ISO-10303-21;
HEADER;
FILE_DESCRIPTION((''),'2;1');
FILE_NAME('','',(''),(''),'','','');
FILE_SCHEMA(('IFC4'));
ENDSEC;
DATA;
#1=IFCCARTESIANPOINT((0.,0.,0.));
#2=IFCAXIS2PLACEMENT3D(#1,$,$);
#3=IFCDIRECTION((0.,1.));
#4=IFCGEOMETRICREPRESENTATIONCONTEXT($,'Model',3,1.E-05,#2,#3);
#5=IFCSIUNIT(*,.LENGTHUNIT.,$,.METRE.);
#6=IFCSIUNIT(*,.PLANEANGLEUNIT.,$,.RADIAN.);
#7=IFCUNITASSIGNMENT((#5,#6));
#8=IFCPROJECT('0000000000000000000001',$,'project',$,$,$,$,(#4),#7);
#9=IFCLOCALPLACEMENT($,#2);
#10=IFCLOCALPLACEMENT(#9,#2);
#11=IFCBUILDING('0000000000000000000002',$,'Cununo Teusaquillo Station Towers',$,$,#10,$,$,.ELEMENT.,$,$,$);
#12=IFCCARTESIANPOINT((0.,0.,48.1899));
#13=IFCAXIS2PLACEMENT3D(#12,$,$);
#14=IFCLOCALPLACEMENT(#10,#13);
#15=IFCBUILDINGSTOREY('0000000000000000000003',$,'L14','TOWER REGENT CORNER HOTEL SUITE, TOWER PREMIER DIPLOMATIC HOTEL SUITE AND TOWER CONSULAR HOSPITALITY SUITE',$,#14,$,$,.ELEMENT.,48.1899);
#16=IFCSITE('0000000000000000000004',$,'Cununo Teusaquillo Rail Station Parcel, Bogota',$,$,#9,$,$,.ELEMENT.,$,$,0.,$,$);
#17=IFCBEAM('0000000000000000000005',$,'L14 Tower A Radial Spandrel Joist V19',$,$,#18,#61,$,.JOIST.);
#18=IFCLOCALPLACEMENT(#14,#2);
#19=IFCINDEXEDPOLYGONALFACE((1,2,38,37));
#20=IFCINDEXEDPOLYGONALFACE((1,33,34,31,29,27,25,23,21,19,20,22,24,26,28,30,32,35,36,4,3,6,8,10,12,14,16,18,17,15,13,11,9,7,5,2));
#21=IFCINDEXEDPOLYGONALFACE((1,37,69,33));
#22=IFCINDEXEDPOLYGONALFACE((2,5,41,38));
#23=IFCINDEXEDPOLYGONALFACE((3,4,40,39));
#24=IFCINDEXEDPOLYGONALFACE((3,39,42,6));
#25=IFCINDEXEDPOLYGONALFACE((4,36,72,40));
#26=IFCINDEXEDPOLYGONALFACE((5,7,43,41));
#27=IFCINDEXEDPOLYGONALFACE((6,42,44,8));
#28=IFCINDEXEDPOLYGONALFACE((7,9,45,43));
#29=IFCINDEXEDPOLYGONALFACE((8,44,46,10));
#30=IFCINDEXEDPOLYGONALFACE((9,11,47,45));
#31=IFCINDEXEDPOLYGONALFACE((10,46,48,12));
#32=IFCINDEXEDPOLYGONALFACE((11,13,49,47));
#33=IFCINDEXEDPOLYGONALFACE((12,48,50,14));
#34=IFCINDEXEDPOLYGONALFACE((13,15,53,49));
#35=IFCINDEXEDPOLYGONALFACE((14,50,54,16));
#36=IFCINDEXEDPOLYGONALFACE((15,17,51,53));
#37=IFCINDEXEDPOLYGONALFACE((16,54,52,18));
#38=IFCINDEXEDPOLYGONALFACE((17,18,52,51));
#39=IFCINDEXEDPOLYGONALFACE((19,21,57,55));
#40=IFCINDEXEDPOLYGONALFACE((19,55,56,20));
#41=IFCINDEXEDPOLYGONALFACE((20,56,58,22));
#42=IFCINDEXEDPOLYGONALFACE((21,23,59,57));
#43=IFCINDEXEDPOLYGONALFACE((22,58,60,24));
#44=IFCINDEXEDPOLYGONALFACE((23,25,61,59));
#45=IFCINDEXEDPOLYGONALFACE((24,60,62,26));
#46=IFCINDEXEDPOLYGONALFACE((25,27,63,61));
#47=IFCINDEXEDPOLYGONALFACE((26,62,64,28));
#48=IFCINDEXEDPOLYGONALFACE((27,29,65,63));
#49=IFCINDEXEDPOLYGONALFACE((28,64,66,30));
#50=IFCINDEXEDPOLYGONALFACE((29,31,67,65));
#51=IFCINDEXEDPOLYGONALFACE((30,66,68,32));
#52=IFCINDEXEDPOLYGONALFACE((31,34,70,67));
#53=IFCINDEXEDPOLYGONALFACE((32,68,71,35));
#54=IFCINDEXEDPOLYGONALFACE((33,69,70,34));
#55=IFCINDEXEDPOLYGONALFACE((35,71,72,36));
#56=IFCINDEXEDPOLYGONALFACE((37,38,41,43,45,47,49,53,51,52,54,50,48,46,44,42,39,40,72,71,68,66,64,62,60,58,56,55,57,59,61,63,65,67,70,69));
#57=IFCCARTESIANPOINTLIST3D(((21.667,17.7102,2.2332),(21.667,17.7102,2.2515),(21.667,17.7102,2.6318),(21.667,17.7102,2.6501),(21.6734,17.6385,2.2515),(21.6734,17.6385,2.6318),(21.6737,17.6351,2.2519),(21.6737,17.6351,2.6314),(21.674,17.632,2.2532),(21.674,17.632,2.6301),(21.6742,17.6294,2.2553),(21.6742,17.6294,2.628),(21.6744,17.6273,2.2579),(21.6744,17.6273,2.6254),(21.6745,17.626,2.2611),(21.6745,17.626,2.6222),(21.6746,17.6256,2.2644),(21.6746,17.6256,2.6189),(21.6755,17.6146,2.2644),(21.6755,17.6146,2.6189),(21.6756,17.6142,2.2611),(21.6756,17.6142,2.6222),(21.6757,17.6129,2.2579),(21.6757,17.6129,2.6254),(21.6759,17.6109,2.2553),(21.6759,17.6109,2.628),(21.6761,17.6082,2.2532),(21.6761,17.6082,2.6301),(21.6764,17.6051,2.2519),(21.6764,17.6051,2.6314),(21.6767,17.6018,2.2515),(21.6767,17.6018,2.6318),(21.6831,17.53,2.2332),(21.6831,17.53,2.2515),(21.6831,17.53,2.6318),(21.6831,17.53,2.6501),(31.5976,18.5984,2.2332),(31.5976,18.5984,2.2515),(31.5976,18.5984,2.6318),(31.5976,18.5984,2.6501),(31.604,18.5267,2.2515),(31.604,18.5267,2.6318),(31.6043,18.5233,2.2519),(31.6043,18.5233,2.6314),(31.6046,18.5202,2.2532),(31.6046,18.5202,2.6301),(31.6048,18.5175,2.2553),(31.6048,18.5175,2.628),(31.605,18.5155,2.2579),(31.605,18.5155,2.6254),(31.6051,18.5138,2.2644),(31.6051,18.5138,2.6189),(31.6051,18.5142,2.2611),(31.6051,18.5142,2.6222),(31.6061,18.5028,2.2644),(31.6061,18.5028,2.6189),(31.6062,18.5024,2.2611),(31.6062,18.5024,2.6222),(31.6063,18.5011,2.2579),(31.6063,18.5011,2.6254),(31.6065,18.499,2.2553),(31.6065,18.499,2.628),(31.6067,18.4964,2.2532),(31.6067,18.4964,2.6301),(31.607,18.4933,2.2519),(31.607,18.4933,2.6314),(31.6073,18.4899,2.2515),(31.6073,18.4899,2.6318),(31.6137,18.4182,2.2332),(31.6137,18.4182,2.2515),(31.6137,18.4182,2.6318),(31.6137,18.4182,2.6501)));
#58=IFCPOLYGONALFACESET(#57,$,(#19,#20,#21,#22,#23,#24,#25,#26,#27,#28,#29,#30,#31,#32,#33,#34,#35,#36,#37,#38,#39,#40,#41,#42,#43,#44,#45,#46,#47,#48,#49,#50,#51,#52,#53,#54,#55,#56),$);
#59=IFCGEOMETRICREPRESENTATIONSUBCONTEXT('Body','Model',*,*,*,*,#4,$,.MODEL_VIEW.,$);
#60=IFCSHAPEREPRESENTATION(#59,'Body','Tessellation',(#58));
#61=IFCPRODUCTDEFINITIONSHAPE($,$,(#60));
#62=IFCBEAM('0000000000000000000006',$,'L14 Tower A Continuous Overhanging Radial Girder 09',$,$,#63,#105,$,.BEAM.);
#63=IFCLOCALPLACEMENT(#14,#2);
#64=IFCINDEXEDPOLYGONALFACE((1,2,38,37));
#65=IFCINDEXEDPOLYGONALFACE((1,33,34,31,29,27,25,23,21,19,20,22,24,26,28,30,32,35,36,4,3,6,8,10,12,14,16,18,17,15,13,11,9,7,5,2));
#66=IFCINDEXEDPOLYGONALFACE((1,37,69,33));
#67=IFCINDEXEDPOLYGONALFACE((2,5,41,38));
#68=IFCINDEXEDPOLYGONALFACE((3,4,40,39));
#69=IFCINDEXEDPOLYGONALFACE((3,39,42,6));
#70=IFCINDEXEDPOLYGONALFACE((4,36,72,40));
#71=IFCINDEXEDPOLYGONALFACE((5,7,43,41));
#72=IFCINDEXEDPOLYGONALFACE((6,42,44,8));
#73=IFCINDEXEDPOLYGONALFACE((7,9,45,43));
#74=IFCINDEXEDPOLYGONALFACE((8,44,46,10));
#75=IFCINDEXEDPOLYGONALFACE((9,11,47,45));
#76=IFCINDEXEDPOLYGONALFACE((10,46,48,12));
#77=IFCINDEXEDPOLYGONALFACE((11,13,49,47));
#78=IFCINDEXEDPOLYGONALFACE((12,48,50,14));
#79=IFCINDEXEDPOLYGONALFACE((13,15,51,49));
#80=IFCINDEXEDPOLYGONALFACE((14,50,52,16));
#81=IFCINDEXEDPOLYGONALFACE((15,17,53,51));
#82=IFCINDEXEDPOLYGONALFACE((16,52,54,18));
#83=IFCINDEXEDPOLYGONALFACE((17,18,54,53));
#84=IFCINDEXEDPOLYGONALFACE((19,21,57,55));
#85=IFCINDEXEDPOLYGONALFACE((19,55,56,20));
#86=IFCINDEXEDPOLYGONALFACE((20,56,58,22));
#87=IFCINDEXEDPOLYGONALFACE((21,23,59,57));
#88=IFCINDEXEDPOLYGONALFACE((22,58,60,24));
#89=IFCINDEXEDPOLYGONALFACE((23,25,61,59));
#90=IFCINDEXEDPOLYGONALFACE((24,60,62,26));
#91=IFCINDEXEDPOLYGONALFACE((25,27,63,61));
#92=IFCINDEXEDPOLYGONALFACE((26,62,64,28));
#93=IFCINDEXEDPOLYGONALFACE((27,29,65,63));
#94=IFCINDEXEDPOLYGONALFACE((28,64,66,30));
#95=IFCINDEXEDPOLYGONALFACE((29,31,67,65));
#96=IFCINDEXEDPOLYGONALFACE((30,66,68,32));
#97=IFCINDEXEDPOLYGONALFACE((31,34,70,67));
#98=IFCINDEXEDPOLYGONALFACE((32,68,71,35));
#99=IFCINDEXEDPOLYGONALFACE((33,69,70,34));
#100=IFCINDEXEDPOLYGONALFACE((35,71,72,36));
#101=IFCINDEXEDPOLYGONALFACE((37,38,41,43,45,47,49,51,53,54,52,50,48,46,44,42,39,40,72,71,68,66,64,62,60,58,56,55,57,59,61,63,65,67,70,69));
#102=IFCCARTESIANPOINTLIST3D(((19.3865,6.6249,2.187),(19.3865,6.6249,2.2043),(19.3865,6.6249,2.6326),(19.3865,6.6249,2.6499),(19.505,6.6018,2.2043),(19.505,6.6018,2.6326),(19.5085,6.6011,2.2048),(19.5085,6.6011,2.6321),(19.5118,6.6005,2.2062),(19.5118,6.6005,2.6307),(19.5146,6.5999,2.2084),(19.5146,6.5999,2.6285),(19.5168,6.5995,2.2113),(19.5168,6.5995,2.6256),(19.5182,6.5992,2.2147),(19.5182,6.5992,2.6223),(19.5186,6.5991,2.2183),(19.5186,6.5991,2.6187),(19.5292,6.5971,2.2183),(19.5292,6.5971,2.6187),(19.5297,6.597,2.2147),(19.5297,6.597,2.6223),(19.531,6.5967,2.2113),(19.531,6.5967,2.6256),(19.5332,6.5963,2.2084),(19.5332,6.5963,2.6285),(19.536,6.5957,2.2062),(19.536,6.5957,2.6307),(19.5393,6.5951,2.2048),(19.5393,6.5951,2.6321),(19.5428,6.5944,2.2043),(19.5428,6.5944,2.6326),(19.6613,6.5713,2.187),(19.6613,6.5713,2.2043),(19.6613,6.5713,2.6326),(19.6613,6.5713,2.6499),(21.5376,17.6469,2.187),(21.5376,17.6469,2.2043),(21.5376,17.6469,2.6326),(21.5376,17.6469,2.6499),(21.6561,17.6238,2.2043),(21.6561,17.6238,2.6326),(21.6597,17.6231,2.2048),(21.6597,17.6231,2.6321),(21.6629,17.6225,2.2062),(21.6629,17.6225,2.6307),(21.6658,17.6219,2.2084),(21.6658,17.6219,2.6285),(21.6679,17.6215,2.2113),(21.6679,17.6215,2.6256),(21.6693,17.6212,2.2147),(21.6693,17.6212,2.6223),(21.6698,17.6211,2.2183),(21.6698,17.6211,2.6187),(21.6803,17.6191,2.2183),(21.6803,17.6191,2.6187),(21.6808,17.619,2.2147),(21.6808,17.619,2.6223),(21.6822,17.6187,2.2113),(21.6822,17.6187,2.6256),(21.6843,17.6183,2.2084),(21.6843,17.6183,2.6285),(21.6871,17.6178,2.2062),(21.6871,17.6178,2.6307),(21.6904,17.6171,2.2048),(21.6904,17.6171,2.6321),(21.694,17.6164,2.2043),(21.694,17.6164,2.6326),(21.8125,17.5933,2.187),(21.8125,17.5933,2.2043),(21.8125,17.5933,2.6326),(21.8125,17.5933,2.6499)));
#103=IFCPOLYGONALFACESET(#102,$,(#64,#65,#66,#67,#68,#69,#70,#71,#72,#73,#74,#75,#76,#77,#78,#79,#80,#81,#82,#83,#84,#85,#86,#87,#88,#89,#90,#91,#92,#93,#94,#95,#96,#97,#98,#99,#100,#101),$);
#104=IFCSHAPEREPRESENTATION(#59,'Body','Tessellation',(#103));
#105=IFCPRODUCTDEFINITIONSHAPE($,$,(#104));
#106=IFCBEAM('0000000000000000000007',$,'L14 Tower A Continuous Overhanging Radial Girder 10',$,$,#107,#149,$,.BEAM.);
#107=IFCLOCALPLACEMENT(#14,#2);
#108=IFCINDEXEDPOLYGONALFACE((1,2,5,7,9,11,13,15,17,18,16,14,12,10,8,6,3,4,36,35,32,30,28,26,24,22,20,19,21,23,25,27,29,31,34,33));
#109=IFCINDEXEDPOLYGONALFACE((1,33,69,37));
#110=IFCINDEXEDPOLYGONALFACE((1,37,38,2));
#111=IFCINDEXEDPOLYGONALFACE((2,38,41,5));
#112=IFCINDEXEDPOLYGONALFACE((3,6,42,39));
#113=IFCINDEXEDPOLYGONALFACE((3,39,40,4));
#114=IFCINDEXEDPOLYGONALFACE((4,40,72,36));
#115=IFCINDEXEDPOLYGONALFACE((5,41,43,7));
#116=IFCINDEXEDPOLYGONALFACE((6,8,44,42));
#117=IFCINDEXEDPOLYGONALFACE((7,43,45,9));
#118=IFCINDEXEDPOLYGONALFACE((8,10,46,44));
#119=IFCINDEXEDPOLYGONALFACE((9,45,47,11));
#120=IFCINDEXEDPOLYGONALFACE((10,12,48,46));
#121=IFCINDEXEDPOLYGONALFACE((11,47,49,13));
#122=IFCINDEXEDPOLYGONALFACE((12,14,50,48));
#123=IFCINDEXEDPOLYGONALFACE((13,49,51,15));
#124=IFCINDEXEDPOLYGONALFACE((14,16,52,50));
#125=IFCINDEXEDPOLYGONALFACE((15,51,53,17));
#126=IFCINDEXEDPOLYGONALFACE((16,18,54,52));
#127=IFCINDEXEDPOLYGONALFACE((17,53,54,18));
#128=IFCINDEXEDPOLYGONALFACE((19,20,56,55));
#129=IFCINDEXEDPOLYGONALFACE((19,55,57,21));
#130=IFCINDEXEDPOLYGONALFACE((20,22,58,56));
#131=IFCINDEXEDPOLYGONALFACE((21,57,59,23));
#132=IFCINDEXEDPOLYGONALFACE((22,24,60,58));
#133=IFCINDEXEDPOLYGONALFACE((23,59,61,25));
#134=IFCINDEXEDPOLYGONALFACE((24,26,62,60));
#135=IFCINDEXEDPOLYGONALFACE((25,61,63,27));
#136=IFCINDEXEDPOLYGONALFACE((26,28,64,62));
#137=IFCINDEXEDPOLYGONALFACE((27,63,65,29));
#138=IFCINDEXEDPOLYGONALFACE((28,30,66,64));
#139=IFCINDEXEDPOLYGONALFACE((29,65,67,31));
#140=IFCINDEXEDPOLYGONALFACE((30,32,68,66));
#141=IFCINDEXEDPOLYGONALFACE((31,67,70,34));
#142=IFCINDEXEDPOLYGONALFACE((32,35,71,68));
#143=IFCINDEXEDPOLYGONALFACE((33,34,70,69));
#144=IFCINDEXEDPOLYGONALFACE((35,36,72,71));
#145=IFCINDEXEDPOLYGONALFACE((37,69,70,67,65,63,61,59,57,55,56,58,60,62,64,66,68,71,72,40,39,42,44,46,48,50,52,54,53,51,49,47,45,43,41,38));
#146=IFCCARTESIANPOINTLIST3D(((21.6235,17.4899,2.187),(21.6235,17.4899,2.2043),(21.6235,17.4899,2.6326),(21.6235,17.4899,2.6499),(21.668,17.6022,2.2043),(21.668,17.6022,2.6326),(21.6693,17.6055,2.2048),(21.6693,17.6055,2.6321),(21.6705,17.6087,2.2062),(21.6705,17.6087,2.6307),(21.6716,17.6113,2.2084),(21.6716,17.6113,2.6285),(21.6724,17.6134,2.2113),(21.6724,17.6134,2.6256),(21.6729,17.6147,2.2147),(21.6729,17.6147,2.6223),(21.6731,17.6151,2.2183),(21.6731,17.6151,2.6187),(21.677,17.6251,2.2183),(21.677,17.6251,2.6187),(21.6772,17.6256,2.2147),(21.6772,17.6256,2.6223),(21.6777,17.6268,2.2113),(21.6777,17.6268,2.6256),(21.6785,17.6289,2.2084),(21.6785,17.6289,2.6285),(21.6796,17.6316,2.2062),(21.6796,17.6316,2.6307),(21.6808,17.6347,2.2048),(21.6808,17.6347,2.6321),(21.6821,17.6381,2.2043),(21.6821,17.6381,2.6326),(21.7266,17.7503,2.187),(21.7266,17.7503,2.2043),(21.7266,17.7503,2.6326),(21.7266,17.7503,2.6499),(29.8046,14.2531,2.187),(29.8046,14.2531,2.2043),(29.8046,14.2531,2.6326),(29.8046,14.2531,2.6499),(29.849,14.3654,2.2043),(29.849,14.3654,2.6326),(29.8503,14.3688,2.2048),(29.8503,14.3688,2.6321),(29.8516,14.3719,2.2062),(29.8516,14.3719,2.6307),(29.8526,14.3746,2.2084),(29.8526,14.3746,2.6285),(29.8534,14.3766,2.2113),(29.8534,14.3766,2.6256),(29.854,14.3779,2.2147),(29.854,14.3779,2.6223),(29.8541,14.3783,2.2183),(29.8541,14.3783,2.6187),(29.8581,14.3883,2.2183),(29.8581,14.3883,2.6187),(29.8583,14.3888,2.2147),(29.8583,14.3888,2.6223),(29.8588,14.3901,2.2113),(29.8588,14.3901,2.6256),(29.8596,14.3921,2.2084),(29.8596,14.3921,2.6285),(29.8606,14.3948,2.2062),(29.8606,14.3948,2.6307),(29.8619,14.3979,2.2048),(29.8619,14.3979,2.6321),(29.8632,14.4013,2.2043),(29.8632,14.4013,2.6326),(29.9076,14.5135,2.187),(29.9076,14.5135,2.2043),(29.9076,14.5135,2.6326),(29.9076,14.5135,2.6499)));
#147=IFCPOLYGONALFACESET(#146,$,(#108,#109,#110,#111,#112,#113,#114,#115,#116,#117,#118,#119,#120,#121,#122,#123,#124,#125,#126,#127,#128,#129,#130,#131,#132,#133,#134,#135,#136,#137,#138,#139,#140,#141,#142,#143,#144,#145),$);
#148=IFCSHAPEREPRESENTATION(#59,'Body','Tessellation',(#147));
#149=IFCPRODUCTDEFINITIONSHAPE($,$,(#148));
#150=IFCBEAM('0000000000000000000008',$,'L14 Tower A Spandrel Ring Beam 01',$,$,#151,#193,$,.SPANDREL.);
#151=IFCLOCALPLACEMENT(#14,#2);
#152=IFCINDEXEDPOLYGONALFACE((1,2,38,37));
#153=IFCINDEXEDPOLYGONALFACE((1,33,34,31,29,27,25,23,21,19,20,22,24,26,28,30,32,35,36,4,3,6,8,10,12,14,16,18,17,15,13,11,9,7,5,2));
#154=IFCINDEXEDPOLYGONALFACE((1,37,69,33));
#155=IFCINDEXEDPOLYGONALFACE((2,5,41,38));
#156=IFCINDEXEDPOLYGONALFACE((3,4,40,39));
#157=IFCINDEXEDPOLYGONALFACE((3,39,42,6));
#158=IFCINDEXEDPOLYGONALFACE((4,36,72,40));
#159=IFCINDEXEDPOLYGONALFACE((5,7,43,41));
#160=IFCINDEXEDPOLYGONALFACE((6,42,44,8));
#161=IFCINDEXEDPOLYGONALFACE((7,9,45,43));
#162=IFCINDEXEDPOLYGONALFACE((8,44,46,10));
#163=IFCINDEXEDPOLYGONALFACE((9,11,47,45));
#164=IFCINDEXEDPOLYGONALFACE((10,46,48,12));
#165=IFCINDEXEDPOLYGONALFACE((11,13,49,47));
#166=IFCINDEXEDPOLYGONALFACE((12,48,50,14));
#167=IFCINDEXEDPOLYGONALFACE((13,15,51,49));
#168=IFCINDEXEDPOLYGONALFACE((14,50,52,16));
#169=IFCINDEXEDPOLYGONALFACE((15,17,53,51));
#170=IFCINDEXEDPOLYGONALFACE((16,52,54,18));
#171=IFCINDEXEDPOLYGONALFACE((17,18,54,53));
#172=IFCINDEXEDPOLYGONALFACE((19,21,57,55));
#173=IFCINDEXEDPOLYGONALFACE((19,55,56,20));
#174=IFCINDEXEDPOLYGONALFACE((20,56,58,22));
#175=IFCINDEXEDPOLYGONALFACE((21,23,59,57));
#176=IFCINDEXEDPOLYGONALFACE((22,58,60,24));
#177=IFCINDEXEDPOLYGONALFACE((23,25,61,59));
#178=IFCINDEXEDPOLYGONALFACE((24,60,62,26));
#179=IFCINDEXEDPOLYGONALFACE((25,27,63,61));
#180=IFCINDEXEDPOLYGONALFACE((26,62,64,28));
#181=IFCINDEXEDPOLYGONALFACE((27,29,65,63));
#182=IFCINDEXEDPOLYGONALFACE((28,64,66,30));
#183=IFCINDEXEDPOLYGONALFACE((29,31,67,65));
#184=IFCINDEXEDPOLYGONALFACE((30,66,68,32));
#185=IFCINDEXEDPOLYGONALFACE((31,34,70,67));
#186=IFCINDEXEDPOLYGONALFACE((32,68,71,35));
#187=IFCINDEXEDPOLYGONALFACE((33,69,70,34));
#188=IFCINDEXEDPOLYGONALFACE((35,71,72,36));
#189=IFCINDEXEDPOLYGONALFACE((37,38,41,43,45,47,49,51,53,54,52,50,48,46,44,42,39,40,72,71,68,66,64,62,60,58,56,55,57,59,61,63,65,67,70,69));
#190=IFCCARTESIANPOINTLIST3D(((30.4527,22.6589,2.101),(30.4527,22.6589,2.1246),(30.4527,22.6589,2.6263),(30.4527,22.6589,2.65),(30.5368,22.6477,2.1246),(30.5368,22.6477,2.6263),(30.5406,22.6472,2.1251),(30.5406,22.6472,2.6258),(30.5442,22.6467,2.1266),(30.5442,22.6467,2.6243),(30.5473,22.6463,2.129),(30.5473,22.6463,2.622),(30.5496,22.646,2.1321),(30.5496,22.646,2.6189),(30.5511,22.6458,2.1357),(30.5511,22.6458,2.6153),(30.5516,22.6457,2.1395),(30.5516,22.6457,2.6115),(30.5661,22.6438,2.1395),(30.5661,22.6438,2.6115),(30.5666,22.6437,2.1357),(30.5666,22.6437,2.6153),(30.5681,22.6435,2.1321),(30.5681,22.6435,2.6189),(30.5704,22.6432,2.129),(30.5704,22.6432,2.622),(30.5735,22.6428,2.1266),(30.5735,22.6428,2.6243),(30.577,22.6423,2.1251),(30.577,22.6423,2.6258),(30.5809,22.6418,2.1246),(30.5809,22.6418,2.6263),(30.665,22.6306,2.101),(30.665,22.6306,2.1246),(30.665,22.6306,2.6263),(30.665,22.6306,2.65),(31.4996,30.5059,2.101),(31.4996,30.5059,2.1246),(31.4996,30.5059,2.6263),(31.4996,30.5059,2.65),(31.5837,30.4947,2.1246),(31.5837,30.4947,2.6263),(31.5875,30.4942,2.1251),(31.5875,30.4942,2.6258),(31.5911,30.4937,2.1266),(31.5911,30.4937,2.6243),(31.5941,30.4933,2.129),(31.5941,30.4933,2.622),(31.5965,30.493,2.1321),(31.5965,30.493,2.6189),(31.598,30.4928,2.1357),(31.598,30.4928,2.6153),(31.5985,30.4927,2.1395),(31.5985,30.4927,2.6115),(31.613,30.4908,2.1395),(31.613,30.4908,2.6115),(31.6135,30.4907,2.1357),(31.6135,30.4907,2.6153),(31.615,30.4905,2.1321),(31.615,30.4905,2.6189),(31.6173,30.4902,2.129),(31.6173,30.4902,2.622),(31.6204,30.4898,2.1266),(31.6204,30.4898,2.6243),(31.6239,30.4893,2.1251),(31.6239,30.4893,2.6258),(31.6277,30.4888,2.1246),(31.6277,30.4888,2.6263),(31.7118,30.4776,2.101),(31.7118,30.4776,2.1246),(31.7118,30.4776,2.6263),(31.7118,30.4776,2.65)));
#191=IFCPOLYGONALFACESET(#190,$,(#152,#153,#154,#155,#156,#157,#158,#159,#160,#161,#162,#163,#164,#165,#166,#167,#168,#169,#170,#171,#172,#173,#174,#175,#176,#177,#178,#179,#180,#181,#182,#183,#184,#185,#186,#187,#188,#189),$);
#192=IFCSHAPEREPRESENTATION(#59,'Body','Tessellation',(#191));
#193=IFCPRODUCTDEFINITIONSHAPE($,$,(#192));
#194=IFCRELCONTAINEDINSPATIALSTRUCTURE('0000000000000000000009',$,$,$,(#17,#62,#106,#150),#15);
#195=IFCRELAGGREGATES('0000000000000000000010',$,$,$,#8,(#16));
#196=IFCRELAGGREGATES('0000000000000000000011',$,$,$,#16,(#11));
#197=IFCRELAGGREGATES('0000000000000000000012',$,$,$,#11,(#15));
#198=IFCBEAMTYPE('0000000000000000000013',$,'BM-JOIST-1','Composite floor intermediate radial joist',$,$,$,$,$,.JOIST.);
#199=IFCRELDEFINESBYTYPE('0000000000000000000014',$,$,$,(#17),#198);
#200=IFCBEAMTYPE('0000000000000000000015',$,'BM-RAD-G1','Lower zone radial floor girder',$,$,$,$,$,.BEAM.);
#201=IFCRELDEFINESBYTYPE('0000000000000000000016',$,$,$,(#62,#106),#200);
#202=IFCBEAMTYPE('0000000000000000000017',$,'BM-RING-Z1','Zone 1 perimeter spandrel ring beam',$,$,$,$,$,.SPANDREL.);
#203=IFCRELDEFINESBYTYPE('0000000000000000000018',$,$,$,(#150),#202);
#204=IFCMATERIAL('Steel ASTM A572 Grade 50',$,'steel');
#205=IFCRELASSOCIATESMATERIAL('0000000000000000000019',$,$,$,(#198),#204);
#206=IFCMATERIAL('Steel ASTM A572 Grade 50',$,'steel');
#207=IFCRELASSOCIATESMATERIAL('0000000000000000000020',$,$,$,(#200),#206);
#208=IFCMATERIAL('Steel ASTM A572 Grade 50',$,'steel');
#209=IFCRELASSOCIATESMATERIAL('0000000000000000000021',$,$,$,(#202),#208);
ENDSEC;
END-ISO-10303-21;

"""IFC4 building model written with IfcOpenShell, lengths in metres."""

from ifc_helpers import new_model, si_unit, direction, frame, origin, origin_2d, place, context, subcontext, project, spatial, i_section, extrude, material, material_profile, profile_set, type_object, element, save


model = new_model("IFC4")

# Units and contexts
model_context = context("Model", 3, precision=1e-05, world=origin(), true_north=direction((0.0, 1.0)))
body_context = subcontext(model_context, "Body", "Model", "MODEL_VIEW")
ifc_project = project(units=[si_unit("LENGTHUNIT", "METRE"), si_unit("PLANEANGLEUNIT", "RADIAN")], contexts=[model_context])

# Site, building, storey
site_placement = place(None, origin())
site = spatial("IfcSite", under=ifc_project, at=site_placement, Name="Cununo Teusaquillo Rail Station Parcel, Bogota", CompositionType="ELEMENT", RefElevation=0.0)
building_placement = place(site_placement, origin())
building = spatial("IfcBuilding", under=site, at=building_placement, Name="Cununo Teusaquillo Station Towers", CompositionType="ELEMENT")
storey_placement = place(building_placement, frame((0.0, 0.0, 48.1899)))
storey = spatial("IfcBuildingStorey", under=building, at=storey_placement, Name="L14", Description="TOWER REGENT CORNER HOTEL SUITE, TOWER PREMIER DIPLOMATIC HOTEL SUITE AND TOWER CONSULAR HOSPITALITY SUITE", CompositionType="ELEMENT", Elevation=48.1899)

# Beams
ifc_material_1 = material(Name="Steel ASTM A572 Grade 50", Category="steel")
ifc_material_profile_1 = material_profile(ifc_material_1, i_section(OverallWidth=0.1809, OverallDepth=0.417, WebThickness=0.011, FlangeThickness=0.0183, FilletRadius=0.0129, at=origin_2d()), Name="W16X57")
ifc_profile_set_1 = profile_set([ifc_material_profile_1], Name="Steel ASTM A572 Grade 50")
beam_type_1 = type_object("IfcBeamType", Name="BM-JOIST-1", Description="Composite floor intermediate radial joist", PredefinedType="JOIST", material=ifc_profile_set_1)
beam_1_placement = place(storey_placement, frame((21.675, 17.6201, 2.4417), z_axis=(0.996024, 0.089083, 0.0), x_axis=(-0.089083, 0.996024, 0.0)))
element("IfcBeam", 1, at=beam_1_placement, inside=storey, type_object=beam_type_1, Name="L14 Tower A Radial Spandrel Joist V19", PredefinedType="JOIST", context=body_context, shape_type="SweptSolid", body=[
    extrude(i_section(OverallWidth=0.1809, OverallDepth=0.417, WebThickness=0.011, FlangeThickness=0.0183, FilletRadius=0.0129, at=origin_2d()), origin(), (0.0, 0.0, 1.0), 9.9702),
])
ifc_material_2 = material(Name="Steel ASTM A572 Grade 50", Category="steel")
ifc_material_profile_2 = material_profile(ifc_material_2, i_section(OverallWidth=0.28, OverallDepth=0.4629, WebThickness=0.0107, FlangeThickness=0.0173, FilletRadius=0.0139, at=origin_2d()), Name="W18X76")
ifc_profile_set_2 = profile_set([ifc_material_profile_2], Name="Steel ASTM A572 Grade 50")
beam_type_2 = type_object("IfcBeamType", Name="BM-RAD-G1", Description="Lower zone radial floor girder", PredefinedType="BEAM", material=ifc_profile_set_2)
beam_2_placement = place(storey_placement, frame((21.675, 17.6201, 2.4185), z_axis=(-0.191553, -0.981482, 0.0), x_axis=(0.981482, -0.191553, 0.0)))
element("IfcBeam", 2, at=beam_2_placement, inside=storey, type_object=beam_type_2, Name="L14 Tower A Continuous Overhanging Radial Girder 09", PredefinedType="BEAM", context=body_context, shape_type="SweptSolid", body=[
    extrude(i_section(OverallWidth=0.28, OverallDepth=0.4629, WebThickness=0.0107, FlangeThickness=0.0173, FilletRadius=0.0139, at=origin_2d()), origin(), (0.0, 0.0, 1.0), 11.23),
])
beam_3_placement = place(storey_placement, frame((21.675, 17.6201, 2.4185), z_axis=(0.929867, -0.367896, 0.0), x_axis=(0.367896, 0.929867, 0.0)))
element("IfcBeam", 3, at=beam_3_placement, inside=storey, type_object=beam_type_2, Name="L14 Tower A Continuous Overhanging Radial Girder 10", PredefinedType="BEAM", context=body_context, shape_type="SweptSolid", body=[
    extrude(i_section(OverallWidth=0.28, OverallDepth=0.4629, WebThickness=0.0107, FlangeThickness=0.0173, FilletRadius=0.0139, at=origin_2d()), origin(), (0.0, 0.0, 1.0), 8.7981),
])
ifc_material_3 = material(Name="Steel ASTM A572 Grade 50", Category="steel")
ifc_material_profile_3 = material_profile(ifc_material_3, i_section(OverallWidth=0.2141, OverallDepth=0.5491, WebThickness=0.0146, FlangeThickness=0.0237, FilletRadius=0.0149, at=origin_2d()), Name="W21X93")
ifc_profile_set_3 = profile_set([ifc_material_profile_3], Name="Steel ASTM A572 Grade 50")
beam_type_3 = type_object("IfcBeamType", Name="BM-RING-Z1", Description="Zone 1 perimeter spandrel ring beam", PredefinedType="SPANDREL", material=ifc_profile_set_3)
beam_4_placement = place(storey_placement, frame((30.5588, 22.6448, 2.3755), z_axis=(0.13224, 0.991218, 0.0), x_axis=(-0.991218, 0.13224, 0.0)))
element("IfcBeam", 4, at=beam_4_placement, inside=storey, type_object=beam_type_3, Name="L14 Tower A Spandrel Ring Beam 01", PredefinedType="SPANDREL", context=body_context, shape_type="SweptSolid", body=[
    extrude(i_section(OverallWidth=0.2141, OverallDepth=0.5491, WebThickness=0.0146, FlangeThickness=0.0237, FilletRadius=0.0149, at=origin_2d()), origin(), (0.0, 0.0, 1.0), 7.9165),
])

save(model, "model.ifc")
